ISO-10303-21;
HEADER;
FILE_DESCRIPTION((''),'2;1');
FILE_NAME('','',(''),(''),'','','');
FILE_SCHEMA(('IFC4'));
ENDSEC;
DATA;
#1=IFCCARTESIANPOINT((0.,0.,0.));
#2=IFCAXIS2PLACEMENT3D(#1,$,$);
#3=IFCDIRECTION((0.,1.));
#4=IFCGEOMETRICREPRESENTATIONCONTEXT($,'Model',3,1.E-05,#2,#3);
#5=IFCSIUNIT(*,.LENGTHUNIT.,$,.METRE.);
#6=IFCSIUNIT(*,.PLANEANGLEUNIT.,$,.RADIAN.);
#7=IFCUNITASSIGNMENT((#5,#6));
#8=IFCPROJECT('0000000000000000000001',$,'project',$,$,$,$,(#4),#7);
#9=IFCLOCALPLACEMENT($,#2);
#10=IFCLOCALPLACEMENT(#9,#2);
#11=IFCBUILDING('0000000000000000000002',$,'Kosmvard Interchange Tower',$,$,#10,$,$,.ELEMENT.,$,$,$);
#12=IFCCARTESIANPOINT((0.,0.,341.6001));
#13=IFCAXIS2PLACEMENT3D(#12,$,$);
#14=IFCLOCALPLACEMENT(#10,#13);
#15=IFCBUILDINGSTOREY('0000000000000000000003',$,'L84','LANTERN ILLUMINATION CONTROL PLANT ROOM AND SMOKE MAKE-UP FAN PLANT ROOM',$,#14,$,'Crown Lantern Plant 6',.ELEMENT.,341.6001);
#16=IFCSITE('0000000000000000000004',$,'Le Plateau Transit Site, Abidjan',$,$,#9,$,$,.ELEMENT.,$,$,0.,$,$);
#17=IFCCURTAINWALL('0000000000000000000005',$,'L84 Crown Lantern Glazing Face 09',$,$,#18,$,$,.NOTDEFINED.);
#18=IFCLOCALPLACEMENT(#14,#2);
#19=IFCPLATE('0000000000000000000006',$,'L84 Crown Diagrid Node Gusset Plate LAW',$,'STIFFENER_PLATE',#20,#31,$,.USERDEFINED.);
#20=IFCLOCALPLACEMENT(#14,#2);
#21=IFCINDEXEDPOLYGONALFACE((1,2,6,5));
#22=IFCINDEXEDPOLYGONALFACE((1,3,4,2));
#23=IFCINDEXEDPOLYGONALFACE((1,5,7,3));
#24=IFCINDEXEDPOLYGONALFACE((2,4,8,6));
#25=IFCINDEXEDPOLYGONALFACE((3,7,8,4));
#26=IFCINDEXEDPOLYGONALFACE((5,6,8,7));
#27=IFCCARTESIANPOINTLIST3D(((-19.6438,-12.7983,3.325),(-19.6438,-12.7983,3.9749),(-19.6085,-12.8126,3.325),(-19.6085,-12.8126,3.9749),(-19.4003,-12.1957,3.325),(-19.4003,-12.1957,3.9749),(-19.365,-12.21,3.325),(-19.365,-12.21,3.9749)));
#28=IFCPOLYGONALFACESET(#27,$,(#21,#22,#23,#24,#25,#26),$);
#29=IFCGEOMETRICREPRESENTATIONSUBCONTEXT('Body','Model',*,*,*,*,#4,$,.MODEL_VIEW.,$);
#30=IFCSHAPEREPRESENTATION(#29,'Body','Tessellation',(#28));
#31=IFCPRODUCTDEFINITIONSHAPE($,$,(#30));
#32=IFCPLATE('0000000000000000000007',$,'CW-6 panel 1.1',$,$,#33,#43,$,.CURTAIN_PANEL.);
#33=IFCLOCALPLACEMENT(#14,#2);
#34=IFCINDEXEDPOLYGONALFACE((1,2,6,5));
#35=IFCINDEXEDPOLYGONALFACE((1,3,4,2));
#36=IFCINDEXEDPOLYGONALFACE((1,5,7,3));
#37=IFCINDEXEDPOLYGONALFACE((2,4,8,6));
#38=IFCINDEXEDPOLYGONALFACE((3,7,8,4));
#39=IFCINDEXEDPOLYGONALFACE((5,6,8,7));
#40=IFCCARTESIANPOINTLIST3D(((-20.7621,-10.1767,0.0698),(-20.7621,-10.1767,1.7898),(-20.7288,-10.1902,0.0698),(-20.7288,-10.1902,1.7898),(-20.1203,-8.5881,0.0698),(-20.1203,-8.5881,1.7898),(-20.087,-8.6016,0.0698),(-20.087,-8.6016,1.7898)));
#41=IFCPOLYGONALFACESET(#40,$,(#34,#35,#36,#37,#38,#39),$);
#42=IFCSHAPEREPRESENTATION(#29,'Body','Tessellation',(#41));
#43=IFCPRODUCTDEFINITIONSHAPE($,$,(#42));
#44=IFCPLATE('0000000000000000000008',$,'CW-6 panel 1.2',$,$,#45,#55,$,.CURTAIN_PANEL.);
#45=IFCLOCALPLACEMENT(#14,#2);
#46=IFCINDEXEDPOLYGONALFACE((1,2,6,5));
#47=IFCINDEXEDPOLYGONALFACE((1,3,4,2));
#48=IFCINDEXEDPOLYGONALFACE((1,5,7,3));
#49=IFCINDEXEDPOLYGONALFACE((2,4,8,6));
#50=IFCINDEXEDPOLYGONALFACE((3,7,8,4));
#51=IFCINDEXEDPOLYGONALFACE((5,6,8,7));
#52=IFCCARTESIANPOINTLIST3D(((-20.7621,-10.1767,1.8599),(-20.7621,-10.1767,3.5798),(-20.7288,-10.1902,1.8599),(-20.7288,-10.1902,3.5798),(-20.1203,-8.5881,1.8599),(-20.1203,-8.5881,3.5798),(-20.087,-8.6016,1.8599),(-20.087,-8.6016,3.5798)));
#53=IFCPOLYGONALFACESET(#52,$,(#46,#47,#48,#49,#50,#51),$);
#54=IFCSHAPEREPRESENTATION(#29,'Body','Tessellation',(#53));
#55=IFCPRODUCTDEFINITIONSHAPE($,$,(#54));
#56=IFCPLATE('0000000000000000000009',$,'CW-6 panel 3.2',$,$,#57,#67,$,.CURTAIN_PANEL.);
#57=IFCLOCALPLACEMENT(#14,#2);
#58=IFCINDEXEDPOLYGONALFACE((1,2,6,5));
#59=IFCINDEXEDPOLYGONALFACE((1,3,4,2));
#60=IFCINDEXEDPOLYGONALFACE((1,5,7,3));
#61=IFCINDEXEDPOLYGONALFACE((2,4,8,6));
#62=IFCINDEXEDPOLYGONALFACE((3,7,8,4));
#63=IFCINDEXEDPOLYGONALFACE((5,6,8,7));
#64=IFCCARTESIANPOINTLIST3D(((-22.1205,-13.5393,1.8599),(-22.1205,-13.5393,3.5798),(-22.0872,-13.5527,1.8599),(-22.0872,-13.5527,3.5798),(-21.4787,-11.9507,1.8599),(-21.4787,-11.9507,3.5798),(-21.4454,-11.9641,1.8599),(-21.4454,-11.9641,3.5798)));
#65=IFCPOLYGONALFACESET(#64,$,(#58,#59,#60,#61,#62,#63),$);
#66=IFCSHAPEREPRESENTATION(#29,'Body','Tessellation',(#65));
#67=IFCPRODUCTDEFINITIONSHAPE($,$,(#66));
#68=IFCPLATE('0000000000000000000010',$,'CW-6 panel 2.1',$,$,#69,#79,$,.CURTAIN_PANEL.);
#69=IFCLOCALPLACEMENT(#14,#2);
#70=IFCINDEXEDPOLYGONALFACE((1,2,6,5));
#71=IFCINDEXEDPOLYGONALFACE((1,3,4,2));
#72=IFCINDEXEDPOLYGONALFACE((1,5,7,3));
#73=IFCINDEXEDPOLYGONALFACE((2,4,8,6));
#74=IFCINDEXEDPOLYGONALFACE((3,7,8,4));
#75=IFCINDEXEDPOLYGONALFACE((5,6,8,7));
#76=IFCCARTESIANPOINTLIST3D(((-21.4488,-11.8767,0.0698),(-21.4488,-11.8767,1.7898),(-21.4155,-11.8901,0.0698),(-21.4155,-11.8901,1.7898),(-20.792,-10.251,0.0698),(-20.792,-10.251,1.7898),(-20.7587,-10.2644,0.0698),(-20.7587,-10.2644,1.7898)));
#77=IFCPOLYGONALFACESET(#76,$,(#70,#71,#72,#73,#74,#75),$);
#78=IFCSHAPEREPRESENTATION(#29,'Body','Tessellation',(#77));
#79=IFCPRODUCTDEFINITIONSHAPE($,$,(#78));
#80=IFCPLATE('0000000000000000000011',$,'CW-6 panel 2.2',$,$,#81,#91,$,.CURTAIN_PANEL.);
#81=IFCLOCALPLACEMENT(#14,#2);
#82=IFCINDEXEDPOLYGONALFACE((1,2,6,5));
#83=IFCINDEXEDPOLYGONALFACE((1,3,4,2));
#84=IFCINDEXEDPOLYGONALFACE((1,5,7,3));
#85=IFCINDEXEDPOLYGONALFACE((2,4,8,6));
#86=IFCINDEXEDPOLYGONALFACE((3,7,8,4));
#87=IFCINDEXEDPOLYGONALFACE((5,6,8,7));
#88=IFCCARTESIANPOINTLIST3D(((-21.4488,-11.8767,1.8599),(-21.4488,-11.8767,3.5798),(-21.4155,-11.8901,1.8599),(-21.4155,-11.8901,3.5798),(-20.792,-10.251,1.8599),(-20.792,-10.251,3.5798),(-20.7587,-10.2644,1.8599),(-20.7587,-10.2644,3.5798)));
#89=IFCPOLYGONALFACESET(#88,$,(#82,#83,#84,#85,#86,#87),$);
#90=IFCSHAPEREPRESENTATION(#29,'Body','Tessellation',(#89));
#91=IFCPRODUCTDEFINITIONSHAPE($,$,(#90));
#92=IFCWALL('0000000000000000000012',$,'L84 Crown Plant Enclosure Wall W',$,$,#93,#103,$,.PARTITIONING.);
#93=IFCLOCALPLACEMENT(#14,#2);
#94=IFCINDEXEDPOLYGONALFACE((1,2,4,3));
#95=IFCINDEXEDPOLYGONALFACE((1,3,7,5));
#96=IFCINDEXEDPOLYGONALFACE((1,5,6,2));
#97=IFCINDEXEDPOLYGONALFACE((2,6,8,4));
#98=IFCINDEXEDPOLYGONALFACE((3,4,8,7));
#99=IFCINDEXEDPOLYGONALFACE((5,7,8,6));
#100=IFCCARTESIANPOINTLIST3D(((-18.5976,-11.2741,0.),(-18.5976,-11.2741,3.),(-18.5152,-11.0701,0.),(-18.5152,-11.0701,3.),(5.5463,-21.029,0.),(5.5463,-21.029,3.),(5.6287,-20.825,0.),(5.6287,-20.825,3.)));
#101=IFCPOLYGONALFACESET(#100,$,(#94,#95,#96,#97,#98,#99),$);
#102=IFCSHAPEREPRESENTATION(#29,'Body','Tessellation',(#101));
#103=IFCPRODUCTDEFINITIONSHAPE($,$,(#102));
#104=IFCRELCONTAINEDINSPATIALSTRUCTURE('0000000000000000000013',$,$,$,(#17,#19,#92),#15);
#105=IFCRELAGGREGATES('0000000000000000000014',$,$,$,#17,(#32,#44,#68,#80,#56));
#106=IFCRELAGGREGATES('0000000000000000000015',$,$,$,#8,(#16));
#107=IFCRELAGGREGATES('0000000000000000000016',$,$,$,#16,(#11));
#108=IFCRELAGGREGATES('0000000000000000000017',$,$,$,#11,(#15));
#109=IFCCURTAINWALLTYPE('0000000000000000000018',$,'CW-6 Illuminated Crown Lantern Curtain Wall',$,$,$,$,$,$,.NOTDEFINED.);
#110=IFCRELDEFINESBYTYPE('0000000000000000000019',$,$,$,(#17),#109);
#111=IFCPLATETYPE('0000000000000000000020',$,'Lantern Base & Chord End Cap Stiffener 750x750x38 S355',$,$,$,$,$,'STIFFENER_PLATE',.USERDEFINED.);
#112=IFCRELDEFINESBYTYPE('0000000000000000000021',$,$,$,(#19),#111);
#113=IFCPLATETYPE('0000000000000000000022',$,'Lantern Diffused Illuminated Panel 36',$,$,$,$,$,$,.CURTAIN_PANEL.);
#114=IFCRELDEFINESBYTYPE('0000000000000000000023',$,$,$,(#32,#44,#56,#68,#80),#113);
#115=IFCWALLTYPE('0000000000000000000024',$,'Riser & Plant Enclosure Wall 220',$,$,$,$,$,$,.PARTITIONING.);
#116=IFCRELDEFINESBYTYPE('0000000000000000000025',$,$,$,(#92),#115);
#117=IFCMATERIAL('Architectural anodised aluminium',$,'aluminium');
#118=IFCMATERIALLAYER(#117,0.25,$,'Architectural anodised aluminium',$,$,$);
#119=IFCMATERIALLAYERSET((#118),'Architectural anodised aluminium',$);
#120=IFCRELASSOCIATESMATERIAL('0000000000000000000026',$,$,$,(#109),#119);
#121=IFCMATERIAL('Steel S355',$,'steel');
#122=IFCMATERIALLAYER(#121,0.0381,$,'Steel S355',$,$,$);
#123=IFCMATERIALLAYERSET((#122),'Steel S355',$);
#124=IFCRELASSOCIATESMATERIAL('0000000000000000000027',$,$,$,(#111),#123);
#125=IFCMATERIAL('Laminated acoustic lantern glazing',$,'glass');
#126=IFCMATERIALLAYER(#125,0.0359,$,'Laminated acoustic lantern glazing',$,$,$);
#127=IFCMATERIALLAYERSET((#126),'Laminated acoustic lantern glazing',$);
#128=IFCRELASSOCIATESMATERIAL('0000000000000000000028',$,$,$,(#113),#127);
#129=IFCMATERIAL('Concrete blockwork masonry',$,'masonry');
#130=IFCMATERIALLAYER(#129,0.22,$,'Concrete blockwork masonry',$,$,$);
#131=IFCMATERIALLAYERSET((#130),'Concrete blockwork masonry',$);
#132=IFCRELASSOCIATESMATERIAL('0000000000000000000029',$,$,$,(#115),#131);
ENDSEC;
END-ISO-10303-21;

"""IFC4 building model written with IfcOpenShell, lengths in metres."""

from ifc_helpers import new_model, si_unit, direction, frame, frame_2d, origin, origin_2d, place, context, subcontext, project, spatial, rectangle, extrude, source, transform, mapped, material, layer, layer_set, type_object, element, aggregate, save


model = new_model("IFC4")

# Units and contexts
model_context = context("Model", 3, precision=1e-05, world=origin(), true_north=direction((0.0, 1.0)))
body_context = subcontext(model_context, "Body", "Model", "MODEL_VIEW")
ifc_project = project(units=[si_unit("LENGTHUNIT", "METRE"), si_unit("PLANEANGLEUNIT", "RADIAN")], contexts=[model_context])

# Site, building, storey
site_placement = place(None, origin())
site = spatial("IfcSite", under=ifc_project, at=site_placement, Name="Le Plateau Transit Site, Abidjan", CompositionType="ELEMENT", RefElevation=0.0)
building_placement = place(site_placement, origin())
building = spatial("IfcBuilding", under=site, at=building_placement, Name="Kosmvard Interchange Tower", CompositionType="ELEMENT")
storey_placement = place(building_placement, frame((0.0, 0.0, 341.6001)))
storey = spatial("IfcBuildingStorey", under=building, at=storey_placement, Name="L84", Description="LANTERN ILLUMINATION CONTROL PLANT ROOM AND SMOKE MAKE-UP FAN PLANT ROOM", LongName="Crown Lantern Plant 6", CompositionType="ELEMENT", Elevation=341.6001)

# Shared definitions
ifc_material_1 = material(Name="Steel S355", Category="steel")

# Curtain wall
ifc_material_2 = material(Name="Architectural anodised aluminium", Category="aluminium")
ifc_layer_1 = layer(ifc_material_2, 0.25, Name="Architectural anodised aluminium")
ifc_layer_set_1 = layer_set([ifc_layer_1], Name="Architectural anodised aluminium")
curtain_wall_type = type_object("IfcCurtainWallType", Name="CW-6 Illuminated Crown Lantern Curtain Wall", PredefinedType="NOTDEFINED", material=ifc_layer_set_1)
curtain_wall_placement = place(storey_placement, origin())
curtain_wall = element("IfcCurtainWall", 1, at=curtain_wall_placement, inside=storey, type_object=curtain_wall_type, Name="L84 Crown Lantern Glazing Face 09", PredefinedType="NOTDEFINED")

# Plates
ifc_layer_2 = layer(ifc_material_1, 0.0381, Name="Steel S355")
ifc_layer_set_2 = layer_set([ifc_layer_2], Name="Steel S355")
plate_type_1 = type_object("IfcPlateType", Name="Lantern Base & Chord End Cap Stiffener 750x750x38 S355", ElementType="STIFFENER_PLATE", PredefinedType="USERDEFINED", material=ifc_layer_set_2)
shared_shape_1 = source(origin(), body_context, "Body", "SweptSolid", [
    extrude(rectangle(XDim=0.6499, YDim=0.0381, at=origin_2d()), origin(), (0.0, 0.0, 1.0), 0.6499),
])
plate_1_placement = place(storey_placement, frame((-19.5044, -12.5042, 3.325), z_axis=(0.0, 0.0, 1.0), x_axis=(0.374607, 0.927184, 0.0)))
element("IfcPlate", 2, at=plate_1_placement, inside=storey, type_object=plate_type_1, Name="L84 Crown Diagrid Node Gusset Plate LAW", ObjectType="STIFFENER_PLATE", PredefinedType="USERDEFINED", context=body_context, shape_type="MappedRepresentation", body=[
    mapped(shared_shape_1, transform((0.0, 0.0, 0.0), scale=1.0)),
])
ifc_material_3 = material(Name="Laminated acoustic lantern glazing", Category="glass")
ifc_layer_3 = layer(ifc_material_3, 0.0359, Name="Laminated acoustic lantern glazing")
ifc_layer_set_3 = layer_set([ifc_layer_3], Name="Laminated acoustic lantern glazing")
plate_type_2 = type_object("IfcPlateType", Name="Lantern Diffused Illuminated Panel 36", PredefinedType="CURTAIN_PANEL", material=ifc_layer_set_3)
shared_shape_2 = source(origin(), body_context, "Body", "SweptSolid", [
    extrude(rectangle(XDim=1.7134, YDim=0.0359, at=origin_2d()), origin(), (0.0, 0.0, 1.0), 1.72),
])
plate_2_placement = place(storey_placement, frame((-20.4246, -9.3892, 0.0698), z_axis=(0.0, 0.0, 1.0), x_axis=(-0.374607, -0.927184, 0.0)))
plate_2 = element("IfcPlate", 3, at=plate_2_placement, type_object=plate_type_2, Name="CW-6 panel 1.1", PredefinedType="CURTAIN_PANEL", context=body_context, shape_type="MappedRepresentation", body=[
    mapped(shared_shape_2, transform((0.0, 0.0, 0.0), scale=1.0)),
])
plate_3_placement = place(storey_placement, frame((-20.4246, -9.3892, 1.8599), z_axis=(0.0, 0.0, 1.0), x_axis=(-0.374607, -0.927184, 0.0)))
plate_3 = element("IfcPlate", 4, at=plate_3_placement, type_object=plate_type_2, Name="CW-6 panel 1.2", PredefinedType="CURTAIN_PANEL", context=body_context, shape_type="MappedRepresentation", body=[
    mapped(shared_shape_2, transform((0.0, 0.0, 0.0), scale=1.0)),
])
plate_4_placement = place(storey_placement, frame((-21.783, -12.7517, 1.8599), z_axis=(0.0, 0.0, 1.0), x_axis=(-0.374607, -0.927184, 0.0)))
plate_4 = element("IfcPlate", 5, at=plate_4_placement, type_object=plate_type_2, Name="CW-6 panel 3.2", PredefinedType="CURTAIN_PANEL", context=body_context, shape_type="MappedRepresentation", body=[
    mapped(shared_shape_2, transform((0.0, 0.0, 0.0), scale=1.0)),
])
shared_shape_3 = source(origin(), body_context, "Body", "SweptSolid", [
    extrude(rectangle(XDim=1.7534, YDim=0.0359, at=origin_2d()), origin(), (0.0, 0.0, 1.0), 1.72),
])
plate_5_placement = place(storey_placement, frame((-21.1038, -11.0706, 0.0698), z_axis=(0.0, 0.0, 1.0), x_axis=(-0.374607, -0.927184, 0.0)))
plate_5 = element("IfcPlate", 6, at=plate_5_placement, type_object=plate_type_2, Name="CW-6 panel 2.1", PredefinedType="CURTAIN_PANEL", context=body_context, shape_type="MappedRepresentation", body=[
    mapped(shared_shape_3, transform((0.0, 0.0, 0.0), scale=1.0)),
])
plate_6_placement = place(storey_placement, frame((-21.1038, -11.0706, 1.8599), z_axis=(0.0, 0.0, 1.0), x_axis=(-0.374607, -0.927184, 0.0)))
plate_6 = element("IfcPlate", 7, at=plate_6_placement, type_object=plate_type_2, Name="CW-6 panel 2.2", PredefinedType="CURTAIN_PANEL", context=body_context, shape_type="MappedRepresentation", body=[
    mapped(shared_shape_3, transform((0.0, 0.0, 0.0), scale=1.0)),
])
aggregate(curtain_wall, [plate_2, plate_3, plate_5, plate_6, plate_4])

# Wall
ifc_material_4 = material(Name="Concrete blockwork masonry", Category="masonry")
ifc_layer_4 = layer(ifc_material_4, 0.22, Name="Concrete blockwork masonry")
ifc_layer_set_4 = layer_set([ifc_layer_4], Name="Concrete blockwork masonry")
wall_type = type_object("IfcWallType", Name="Riser & Plant Enclosure Wall 220", PredefinedType="PARTITIONING", material=ifc_layer_set_4)
wall_placement = place(storey_placement, frame((-18.5564, -11.1721, 0.0), z_axis=(0.0, 0.0, 1.0), x_axis=(0.927182, -0.374612, 0.0)))
element("IfcWall", 8, at=wall_placement, inside=storey, type_object=wall_type, Name="L84 Crown Plant Enclosure Wall W", PredefinedType="PARTITIONING", context=body_context, shape_type="SweptSolid", body=[
    extrude(rectangle(XDim=26.04, YDim=0.22, at=frame_2d((13.02, 0.0))), origin(), (0.0, 0.0, 1.0), 3.0),
])

save(model, "model.ifc")
